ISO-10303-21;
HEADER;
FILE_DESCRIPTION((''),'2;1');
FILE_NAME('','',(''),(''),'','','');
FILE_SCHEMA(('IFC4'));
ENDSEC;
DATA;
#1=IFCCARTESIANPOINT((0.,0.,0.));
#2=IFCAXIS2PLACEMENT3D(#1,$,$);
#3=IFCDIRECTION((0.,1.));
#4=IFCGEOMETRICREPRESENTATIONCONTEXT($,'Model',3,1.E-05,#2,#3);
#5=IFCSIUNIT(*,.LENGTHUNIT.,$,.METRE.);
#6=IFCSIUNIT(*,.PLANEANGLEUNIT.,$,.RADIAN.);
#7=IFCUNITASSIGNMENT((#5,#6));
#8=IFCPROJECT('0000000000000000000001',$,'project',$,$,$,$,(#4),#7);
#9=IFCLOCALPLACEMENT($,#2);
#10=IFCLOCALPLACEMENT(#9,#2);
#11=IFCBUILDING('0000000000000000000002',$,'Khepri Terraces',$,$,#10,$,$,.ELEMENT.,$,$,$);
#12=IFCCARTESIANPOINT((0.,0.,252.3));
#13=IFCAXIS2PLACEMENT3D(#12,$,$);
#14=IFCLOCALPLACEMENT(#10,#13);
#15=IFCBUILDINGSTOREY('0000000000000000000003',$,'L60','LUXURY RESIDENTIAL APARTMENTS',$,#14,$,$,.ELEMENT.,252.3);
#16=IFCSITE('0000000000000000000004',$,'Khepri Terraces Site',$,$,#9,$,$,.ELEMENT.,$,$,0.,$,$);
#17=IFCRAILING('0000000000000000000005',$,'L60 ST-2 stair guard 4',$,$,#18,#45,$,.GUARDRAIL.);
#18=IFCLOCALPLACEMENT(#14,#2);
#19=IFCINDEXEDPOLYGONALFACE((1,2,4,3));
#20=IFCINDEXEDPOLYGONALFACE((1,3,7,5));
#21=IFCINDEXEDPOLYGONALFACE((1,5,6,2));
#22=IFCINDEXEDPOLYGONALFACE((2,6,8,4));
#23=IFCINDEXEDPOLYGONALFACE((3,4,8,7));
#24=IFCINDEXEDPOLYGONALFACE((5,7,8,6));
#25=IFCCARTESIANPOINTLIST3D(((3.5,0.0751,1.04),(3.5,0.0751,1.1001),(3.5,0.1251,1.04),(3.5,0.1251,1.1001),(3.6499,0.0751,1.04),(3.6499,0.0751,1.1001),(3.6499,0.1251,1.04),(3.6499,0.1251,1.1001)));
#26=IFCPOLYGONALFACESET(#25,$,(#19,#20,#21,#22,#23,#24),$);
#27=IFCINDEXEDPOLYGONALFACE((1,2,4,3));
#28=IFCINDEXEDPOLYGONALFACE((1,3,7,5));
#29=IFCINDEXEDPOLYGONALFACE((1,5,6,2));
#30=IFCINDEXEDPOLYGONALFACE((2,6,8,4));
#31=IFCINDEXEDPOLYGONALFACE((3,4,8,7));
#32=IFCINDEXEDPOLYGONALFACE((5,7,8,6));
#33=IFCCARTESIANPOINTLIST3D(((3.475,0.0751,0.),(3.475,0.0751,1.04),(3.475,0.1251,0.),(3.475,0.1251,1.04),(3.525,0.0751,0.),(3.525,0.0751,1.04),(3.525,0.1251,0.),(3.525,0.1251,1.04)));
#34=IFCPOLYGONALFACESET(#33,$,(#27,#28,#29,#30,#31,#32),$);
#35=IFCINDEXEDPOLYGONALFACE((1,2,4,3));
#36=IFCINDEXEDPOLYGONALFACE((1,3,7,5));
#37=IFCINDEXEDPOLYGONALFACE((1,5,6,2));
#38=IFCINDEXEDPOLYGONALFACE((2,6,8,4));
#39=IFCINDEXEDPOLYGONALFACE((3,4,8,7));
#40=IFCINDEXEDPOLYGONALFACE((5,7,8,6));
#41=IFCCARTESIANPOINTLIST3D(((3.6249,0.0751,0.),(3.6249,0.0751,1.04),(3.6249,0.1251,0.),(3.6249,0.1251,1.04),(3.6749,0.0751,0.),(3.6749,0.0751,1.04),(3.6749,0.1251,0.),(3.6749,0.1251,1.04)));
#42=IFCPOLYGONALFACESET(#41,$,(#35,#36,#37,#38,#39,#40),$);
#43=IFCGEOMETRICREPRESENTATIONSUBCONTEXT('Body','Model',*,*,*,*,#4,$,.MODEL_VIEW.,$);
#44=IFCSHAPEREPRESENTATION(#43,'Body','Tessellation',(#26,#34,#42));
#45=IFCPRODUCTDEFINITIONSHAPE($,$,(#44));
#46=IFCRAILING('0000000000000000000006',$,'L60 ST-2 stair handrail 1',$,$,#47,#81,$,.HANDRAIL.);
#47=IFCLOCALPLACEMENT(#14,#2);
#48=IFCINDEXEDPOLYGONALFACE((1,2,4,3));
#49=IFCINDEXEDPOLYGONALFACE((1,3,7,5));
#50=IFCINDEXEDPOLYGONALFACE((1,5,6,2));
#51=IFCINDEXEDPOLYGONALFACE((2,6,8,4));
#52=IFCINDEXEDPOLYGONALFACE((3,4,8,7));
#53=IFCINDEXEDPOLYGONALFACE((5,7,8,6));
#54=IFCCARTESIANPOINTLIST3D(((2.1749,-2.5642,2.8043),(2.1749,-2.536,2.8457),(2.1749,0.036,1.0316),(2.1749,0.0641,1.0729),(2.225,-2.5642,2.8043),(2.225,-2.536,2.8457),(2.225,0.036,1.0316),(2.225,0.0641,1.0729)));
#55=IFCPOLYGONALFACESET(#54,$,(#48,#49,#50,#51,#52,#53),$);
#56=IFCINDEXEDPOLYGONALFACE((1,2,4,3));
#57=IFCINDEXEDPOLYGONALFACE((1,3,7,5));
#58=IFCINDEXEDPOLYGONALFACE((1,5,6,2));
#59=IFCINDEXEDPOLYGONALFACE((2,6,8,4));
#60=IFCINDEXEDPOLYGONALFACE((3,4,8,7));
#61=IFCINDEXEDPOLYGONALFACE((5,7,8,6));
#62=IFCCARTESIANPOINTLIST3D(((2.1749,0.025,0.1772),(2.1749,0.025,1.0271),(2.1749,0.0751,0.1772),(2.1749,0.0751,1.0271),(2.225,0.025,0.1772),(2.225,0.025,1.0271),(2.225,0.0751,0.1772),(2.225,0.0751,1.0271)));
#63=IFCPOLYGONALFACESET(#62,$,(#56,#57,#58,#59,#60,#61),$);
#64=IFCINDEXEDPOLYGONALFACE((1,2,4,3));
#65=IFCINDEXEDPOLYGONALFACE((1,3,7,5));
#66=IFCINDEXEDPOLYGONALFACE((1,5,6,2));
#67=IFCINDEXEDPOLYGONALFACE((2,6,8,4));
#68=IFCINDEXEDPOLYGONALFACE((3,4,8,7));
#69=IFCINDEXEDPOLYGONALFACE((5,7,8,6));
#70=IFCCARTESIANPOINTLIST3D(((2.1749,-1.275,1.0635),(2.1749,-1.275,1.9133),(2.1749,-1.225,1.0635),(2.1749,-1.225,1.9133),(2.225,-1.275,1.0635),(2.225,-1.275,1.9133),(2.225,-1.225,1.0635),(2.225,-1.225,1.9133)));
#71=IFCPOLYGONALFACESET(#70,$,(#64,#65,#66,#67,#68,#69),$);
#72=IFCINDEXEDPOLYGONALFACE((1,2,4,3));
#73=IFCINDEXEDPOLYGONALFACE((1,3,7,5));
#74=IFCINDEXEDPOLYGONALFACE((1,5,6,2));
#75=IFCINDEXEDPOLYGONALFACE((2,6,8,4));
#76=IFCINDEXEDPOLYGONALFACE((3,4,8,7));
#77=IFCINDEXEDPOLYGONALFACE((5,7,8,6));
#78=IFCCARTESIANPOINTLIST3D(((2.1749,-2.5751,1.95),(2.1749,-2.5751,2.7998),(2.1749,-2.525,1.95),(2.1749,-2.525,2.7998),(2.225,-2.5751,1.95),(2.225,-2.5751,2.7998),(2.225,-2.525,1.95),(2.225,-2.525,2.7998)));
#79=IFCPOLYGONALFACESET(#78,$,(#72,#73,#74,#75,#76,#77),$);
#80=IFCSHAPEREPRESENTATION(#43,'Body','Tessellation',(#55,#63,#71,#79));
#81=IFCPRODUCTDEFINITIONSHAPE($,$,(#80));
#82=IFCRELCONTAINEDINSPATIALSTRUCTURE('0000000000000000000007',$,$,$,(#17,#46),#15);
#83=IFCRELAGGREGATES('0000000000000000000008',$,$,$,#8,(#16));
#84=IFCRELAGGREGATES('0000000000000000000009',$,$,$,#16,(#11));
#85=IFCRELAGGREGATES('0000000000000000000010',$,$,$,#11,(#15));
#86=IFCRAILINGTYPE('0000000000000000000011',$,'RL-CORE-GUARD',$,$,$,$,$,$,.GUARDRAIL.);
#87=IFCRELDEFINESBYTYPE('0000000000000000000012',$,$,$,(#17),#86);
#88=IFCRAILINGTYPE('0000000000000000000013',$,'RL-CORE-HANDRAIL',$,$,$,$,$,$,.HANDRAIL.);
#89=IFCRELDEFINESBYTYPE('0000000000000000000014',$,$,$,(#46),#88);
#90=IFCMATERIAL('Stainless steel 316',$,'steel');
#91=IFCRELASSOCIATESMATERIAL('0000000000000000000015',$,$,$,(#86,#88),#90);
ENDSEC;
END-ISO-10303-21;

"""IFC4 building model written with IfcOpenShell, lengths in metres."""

from ifc_helpers import new_model, si_unit, direction, frame, origin, origin_2d, place, context, subcontext, project, spatial, rectangle, extrude, material, type_object, element, save


model = new_model("IFC4")

# Units and contexts
model_context = context("Model", 3, precision=1e-05, world=origin(), true_north=direction((0.0, 1.0)))
body_context = subcontext(model_context, "Body", "Model", "MODEL_VIEW")
ifc_project = project(units=[si_unit("LENGTHUNIT", "METRE"), si_unit("PLANEANGLEUNIT", "RADIAN")], contexts=[model_context])

# Site, building, storey
site_placement = place(None, origin())
site = spatial("IfcSite", under=ifc_project, at=site_placement, Name="Khepri Terraces Site", CompositionType="ELEMENT", RefElevation=0.0)
building_placement = place(site_placement, origin())
building = spatial("IfcBuilding", under=site, at=building_placement, Name="Khepri Terraces", CompositionType="ELEMENT")
storey_placement = place(building_placement, frame((0.0, 0.0, 252.3)))
storey = spatial("IfcBuildingStorey", under=building, at=storey_placement, Name="L60", Description="LUXURY RESIDENTIAL APARTMENTS", CompositionType="ELEMENT", Elevation=252.3)

# Railings
ifc_material_1 = material(Name="Stainless steel 316", Category="steel")
railing_type_1 = type_object("IfcRailingType", Name="RL-CORE-GUARD", PredefinedType="GUARDRAIL", material=ifc_material_1)
railing_1_placement = place(storey_placement, frame((3.5, 0.1001, 0.0)))
element("IfcRailing", 1, at=railing_1_placement, inside=storey, type_object=railing_type_1, Name="L60 ST-2 stair guard 4", PredefinedType="GUARDRAIL", context=body_context, shape_type="SweptSolid", body=[
    extrude(rectangle(XDim=0.05, YDim=0.0601, at=origin_2d()), frame((0.0, 0.0, 1.0701), z_axis=(1.0, 0.0, 0.0), x_axis=(0.0, 1.0, 0.0)), (0.0, 0.0, 1.0), 0.1499),
    extrude(rectangle(XDim=0.05, YDim=0.05, at=origin_2d()), origin(), (0.0, 0.0, 1.0), 1.04),
    extrude(rectangle(XDim=0.05, YDim=0.05, at=origin_2d()), frame((0.1499, 0.0, 0.0)), (0.0, 0.0, 1.0), 1.04),
])
railing_type_2 = type_object("IfcRailingType", Name="RL-CORE-HANDRAIL", PredefinedType="HANDRAIL", material=ifc_material_1)
railing_2_placement = place(storey_placement, frame((2.2, 0.05, 0.1772)))
element("IfcRailing", 2, at=railing_2_placement, inside=storey, type_object=railing_type_2, Name="L60 ST-2 stair handrail 1", PredefinedType="HANDRAIL", context=body_context, shape_type="SweptSolid", body=[
    extrude(rectangle(XDim=0.05, YDim=0.05, at=origin_2d()), frame((0.0, 0.0, 0.875), z_axis=(0.0, -0.82624, 0.563318), x_axis=(1.0, 0.0, 0.0)), (0.0, 0.0, 1.0), 3.147),
    extrude(rectangle(XDim=0.05, YDim=0.05, at=origin_2d()), origin(), (0.0, 0.0, 1.0), 0.8499),
    extrude(rectangle(XDim=0.05, YDim=0.05, at=origin_2d()), frame((0.0, -1.3, 0.8862)), (0.0, 0.0, 1.0), 0.8499),
    extrude(rectangle(XDim=0.05, YDim=0.05, at=origin_2d()), frame((0.0, -2.6001, 1.7727)), (0.0, 0.0, 1.0), 0.8499),
])

save(model, "model.ifc")
